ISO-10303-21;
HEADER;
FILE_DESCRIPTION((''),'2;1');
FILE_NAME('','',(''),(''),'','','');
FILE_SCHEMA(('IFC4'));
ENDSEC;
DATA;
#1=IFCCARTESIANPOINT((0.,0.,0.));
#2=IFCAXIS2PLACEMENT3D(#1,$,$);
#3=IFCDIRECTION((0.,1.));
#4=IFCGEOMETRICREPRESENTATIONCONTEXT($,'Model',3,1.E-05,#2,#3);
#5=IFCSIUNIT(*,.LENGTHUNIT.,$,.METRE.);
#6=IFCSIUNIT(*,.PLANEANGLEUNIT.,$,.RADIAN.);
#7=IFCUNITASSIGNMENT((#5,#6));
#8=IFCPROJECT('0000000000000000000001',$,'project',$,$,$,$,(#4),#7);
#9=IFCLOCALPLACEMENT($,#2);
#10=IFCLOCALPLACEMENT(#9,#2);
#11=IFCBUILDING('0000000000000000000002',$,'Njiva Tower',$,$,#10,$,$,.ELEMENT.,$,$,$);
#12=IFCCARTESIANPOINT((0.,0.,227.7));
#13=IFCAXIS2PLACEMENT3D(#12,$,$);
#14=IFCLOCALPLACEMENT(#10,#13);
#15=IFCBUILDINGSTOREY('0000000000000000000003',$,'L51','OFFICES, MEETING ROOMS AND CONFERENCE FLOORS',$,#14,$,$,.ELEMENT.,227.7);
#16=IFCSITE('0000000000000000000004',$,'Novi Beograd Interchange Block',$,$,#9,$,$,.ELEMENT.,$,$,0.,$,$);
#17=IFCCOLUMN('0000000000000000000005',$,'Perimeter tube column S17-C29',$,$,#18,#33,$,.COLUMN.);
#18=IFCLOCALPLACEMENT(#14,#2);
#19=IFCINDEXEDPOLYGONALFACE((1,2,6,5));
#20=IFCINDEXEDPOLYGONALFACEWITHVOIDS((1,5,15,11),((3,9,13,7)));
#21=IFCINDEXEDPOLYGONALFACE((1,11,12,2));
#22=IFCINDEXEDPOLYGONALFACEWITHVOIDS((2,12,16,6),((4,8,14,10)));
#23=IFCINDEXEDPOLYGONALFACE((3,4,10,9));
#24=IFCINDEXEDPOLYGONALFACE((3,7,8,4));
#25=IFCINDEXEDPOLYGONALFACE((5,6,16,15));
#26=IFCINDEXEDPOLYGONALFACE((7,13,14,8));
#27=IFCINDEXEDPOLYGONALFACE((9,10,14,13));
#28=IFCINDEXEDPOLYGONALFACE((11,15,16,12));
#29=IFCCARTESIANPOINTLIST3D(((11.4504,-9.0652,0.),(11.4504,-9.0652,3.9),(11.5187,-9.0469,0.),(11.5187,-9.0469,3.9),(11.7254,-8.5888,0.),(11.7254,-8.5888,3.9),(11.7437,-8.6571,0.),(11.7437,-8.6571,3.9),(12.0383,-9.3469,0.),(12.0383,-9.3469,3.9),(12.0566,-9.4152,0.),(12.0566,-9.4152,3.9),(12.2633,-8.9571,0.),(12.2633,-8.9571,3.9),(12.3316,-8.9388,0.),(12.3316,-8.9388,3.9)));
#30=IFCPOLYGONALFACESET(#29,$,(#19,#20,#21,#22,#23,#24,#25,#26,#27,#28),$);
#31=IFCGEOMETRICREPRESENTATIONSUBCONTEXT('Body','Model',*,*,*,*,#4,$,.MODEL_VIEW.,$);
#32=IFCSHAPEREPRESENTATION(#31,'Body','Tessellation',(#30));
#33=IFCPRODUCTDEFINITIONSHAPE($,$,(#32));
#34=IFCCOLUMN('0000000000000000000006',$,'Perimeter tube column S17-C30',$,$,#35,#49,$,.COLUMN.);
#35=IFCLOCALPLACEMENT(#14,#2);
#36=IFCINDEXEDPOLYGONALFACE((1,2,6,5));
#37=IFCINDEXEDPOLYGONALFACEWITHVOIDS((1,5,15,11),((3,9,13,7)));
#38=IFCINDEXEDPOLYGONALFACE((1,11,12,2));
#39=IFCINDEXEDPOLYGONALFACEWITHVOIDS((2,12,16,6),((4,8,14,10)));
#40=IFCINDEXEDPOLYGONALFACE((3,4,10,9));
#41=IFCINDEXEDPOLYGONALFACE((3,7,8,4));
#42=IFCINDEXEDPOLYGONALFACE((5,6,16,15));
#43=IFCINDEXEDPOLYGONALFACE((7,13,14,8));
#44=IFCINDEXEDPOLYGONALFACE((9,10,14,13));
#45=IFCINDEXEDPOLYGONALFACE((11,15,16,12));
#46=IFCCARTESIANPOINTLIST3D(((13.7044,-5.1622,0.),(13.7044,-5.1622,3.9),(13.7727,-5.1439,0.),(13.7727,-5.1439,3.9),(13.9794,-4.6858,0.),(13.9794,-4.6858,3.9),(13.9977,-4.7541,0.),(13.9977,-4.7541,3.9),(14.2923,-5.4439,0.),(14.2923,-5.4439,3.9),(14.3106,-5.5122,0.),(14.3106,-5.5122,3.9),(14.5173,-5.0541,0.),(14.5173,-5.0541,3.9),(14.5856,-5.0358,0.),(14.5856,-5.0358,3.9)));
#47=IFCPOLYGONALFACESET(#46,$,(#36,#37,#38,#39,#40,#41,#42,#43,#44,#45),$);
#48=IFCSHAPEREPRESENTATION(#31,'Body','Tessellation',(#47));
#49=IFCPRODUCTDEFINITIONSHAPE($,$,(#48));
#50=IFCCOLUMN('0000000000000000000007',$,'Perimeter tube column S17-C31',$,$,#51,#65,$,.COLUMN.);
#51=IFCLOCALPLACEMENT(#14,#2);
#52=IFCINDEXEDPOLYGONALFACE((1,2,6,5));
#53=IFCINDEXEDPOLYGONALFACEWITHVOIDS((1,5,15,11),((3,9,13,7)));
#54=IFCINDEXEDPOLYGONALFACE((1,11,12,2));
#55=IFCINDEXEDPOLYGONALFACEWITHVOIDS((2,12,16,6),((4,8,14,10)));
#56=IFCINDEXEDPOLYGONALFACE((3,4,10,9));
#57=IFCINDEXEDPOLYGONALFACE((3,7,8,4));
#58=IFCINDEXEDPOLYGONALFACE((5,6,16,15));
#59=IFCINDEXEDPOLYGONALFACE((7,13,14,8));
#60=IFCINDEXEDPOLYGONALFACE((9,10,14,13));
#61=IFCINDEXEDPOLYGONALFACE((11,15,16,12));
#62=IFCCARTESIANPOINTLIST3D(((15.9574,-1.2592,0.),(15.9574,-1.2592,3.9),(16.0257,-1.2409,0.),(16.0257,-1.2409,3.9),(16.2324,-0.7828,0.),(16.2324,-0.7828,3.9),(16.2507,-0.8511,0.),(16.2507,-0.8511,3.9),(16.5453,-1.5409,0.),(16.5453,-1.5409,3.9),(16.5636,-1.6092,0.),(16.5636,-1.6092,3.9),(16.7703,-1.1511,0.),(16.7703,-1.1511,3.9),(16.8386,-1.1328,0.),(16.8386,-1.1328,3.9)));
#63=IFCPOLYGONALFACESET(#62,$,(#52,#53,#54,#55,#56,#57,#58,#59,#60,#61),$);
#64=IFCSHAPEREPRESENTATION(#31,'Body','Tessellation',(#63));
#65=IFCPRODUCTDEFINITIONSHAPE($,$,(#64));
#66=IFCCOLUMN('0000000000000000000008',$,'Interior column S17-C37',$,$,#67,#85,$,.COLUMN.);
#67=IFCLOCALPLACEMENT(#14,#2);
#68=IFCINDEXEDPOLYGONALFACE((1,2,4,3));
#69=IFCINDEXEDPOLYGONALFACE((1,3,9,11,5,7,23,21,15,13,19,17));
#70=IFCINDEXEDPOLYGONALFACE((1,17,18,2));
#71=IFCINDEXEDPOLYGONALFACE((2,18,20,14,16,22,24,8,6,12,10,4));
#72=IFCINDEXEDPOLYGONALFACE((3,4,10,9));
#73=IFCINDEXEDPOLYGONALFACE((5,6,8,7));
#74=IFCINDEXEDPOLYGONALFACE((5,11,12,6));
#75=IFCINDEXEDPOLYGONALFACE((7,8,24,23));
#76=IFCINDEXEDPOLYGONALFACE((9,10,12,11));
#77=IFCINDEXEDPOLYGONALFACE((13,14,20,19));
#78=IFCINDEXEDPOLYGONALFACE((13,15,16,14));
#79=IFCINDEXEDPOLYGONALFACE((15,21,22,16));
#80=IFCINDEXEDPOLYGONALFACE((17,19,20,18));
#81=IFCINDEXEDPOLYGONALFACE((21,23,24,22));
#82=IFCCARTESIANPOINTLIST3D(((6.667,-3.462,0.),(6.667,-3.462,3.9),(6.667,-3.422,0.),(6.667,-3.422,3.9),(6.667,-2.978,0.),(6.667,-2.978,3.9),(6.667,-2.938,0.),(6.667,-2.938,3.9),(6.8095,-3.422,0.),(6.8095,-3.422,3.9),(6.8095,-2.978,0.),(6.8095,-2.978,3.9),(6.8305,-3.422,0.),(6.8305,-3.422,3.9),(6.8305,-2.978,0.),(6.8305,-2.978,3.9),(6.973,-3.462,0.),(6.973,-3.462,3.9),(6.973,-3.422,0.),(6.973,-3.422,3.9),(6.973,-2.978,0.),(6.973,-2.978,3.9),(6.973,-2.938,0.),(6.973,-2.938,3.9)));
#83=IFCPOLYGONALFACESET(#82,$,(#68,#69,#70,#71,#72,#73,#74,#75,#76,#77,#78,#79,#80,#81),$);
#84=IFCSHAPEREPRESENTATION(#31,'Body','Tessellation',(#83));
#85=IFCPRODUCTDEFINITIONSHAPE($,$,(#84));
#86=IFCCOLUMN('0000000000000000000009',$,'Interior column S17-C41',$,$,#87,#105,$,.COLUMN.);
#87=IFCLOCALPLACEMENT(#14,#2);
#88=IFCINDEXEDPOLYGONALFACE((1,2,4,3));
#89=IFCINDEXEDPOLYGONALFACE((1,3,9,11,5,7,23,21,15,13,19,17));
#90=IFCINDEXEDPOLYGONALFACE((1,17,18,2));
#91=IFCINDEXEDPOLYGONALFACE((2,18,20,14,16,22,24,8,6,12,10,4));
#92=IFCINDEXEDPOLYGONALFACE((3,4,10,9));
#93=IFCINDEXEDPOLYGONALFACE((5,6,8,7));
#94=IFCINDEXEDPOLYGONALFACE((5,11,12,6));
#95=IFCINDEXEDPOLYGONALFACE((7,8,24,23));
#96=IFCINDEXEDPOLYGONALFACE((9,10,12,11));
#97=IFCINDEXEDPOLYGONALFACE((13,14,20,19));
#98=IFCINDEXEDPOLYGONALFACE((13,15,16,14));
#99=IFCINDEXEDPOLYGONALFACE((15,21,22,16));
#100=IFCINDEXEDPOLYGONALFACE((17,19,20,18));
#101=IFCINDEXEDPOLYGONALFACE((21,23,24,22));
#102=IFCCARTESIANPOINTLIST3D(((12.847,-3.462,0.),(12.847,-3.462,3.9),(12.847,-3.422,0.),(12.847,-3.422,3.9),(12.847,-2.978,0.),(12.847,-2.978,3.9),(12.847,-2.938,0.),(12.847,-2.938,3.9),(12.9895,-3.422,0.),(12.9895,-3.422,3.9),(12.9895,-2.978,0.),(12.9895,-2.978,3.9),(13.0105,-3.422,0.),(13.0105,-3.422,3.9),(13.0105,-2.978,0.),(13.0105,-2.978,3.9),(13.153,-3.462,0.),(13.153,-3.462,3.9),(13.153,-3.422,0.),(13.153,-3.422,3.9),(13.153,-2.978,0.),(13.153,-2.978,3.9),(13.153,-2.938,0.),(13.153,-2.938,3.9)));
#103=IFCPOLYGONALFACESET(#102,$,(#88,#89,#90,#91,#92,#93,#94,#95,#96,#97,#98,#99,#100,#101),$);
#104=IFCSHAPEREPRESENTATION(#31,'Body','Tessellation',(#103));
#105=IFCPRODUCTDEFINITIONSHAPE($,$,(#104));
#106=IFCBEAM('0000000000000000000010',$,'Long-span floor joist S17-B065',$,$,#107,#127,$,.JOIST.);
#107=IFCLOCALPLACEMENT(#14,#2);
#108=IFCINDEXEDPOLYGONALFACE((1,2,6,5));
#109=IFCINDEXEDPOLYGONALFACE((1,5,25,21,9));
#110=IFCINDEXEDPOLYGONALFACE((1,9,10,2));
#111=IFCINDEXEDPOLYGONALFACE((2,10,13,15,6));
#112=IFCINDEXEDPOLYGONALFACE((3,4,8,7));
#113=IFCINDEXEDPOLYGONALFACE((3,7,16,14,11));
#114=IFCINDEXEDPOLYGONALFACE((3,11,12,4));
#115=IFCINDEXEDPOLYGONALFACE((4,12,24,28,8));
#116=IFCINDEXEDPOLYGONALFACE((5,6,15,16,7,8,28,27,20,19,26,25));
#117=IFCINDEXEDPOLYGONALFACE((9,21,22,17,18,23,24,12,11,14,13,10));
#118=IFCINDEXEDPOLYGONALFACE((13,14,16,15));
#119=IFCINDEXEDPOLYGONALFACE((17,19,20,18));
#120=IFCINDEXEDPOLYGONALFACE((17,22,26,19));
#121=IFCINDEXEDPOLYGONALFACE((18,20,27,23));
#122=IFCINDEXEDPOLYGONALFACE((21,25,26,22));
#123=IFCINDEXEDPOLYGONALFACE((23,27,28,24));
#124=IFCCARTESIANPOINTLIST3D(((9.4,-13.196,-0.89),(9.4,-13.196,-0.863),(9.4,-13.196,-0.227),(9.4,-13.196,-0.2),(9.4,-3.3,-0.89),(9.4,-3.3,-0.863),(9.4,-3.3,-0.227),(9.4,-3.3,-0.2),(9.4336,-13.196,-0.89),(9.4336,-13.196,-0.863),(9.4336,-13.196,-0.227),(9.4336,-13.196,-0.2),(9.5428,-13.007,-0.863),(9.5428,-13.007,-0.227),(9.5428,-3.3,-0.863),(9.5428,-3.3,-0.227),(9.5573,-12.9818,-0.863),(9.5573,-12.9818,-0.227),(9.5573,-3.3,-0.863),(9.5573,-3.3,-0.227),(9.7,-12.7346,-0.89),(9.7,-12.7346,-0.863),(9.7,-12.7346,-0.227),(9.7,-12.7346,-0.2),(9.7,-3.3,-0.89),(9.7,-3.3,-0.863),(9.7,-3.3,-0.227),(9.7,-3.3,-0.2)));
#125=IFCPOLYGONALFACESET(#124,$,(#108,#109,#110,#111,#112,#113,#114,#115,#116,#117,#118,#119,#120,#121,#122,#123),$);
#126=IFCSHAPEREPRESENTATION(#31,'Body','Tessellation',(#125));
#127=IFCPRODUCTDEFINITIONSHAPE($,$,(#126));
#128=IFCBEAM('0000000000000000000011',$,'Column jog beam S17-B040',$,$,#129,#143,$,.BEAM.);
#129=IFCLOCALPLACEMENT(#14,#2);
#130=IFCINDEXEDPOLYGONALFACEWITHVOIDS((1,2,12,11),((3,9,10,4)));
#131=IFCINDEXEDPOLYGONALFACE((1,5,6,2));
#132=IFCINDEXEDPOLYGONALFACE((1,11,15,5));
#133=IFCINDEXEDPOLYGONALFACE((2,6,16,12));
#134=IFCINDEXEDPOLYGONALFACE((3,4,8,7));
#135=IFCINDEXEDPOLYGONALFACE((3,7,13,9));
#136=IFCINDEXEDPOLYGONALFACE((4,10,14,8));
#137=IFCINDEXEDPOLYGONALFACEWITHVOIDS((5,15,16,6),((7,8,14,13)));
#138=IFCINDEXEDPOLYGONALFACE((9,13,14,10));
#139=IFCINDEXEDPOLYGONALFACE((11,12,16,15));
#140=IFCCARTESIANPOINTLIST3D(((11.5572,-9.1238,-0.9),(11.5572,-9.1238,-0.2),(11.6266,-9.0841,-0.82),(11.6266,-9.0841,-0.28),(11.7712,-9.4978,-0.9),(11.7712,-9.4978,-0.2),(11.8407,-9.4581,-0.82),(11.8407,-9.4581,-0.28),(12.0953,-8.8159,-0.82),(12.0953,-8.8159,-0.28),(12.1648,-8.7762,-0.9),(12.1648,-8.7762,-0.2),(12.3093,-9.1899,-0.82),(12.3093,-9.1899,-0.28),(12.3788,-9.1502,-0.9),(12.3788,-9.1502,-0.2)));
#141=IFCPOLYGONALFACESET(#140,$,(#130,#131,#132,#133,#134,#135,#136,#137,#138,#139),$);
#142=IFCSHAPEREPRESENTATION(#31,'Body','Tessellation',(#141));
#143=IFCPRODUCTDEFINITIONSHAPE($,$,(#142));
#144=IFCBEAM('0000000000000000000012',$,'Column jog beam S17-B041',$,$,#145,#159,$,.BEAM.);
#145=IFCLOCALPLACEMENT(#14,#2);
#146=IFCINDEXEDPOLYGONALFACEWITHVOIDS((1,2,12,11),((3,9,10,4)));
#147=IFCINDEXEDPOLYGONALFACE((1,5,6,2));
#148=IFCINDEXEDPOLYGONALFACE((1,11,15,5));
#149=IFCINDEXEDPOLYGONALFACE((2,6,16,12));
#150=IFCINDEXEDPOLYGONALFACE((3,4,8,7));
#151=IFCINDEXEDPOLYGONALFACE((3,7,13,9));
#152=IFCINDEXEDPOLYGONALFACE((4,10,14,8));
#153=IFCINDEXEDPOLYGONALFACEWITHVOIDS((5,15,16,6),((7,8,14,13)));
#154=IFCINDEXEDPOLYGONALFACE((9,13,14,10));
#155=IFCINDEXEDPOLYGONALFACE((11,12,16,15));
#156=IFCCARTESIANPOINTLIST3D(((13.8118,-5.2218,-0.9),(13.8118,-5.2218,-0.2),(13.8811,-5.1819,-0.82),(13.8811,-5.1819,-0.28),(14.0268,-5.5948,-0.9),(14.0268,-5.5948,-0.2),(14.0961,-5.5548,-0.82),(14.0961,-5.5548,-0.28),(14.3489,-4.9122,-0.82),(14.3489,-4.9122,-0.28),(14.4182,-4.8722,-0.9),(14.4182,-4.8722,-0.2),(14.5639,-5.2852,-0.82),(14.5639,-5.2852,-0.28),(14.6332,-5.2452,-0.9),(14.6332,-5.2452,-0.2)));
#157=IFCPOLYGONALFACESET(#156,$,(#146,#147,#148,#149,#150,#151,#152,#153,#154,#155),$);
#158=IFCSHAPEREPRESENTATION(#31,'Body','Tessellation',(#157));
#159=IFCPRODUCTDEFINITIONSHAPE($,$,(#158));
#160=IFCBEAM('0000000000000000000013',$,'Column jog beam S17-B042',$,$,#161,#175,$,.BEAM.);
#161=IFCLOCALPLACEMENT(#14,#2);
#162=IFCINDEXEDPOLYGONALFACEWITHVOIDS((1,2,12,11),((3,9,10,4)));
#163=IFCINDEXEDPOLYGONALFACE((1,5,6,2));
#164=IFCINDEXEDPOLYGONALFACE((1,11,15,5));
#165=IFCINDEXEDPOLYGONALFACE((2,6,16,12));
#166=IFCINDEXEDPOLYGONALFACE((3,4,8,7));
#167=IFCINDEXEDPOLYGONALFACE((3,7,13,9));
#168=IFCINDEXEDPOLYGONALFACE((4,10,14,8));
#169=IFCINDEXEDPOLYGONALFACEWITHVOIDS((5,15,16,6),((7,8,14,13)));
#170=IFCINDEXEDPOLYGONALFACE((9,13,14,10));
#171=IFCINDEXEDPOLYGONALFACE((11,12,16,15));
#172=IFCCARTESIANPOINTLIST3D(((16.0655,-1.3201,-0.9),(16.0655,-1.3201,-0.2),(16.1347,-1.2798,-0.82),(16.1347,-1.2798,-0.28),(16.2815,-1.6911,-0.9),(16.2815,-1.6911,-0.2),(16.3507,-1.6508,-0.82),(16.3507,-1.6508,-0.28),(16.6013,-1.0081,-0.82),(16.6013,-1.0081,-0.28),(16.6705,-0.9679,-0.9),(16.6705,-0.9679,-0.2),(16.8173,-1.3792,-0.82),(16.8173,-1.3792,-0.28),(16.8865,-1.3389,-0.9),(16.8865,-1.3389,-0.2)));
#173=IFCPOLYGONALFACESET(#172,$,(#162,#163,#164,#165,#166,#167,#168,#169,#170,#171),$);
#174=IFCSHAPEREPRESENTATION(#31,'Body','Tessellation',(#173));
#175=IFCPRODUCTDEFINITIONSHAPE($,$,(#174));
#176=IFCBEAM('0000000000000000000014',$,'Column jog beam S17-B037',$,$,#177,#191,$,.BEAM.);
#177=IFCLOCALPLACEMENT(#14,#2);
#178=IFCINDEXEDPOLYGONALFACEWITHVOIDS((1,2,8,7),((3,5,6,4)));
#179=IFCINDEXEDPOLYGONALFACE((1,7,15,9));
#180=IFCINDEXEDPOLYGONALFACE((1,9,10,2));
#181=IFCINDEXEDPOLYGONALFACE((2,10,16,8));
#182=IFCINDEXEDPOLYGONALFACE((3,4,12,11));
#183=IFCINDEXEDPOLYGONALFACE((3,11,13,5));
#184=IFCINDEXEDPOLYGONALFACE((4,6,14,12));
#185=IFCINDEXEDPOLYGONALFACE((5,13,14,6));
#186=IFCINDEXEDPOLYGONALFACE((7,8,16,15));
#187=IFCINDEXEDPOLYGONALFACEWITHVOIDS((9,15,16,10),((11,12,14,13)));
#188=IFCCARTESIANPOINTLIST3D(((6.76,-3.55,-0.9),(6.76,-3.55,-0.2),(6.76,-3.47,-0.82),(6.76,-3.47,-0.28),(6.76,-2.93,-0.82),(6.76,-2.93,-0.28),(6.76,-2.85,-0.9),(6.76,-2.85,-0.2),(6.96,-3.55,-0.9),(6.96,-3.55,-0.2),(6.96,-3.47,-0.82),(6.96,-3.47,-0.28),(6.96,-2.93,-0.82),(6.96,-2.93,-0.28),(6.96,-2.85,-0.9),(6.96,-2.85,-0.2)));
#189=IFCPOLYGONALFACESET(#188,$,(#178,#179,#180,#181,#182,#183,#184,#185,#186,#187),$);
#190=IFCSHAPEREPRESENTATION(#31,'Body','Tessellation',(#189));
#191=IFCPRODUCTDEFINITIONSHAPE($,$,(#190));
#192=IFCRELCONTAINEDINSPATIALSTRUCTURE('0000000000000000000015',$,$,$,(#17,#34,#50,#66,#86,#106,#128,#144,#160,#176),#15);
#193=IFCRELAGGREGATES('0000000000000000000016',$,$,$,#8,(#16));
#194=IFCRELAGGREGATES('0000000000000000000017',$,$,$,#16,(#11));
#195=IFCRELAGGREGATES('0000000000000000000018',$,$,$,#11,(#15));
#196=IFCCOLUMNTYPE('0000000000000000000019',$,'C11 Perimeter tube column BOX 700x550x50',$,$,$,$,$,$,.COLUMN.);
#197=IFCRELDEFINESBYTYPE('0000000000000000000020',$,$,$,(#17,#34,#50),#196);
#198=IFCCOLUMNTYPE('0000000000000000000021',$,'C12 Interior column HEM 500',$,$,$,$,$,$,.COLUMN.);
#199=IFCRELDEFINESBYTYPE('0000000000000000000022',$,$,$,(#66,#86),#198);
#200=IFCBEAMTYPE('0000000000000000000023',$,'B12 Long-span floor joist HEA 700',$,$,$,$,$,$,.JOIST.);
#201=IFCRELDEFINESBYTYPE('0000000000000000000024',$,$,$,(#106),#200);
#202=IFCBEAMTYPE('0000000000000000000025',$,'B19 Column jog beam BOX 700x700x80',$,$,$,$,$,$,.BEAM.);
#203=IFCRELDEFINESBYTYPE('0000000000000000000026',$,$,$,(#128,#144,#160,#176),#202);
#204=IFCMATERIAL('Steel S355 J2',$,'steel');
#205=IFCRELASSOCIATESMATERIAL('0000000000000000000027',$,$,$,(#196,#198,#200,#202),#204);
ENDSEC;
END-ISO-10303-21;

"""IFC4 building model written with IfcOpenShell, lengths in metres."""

from ifc_helpers import new_model, si_unit, direction, frame, origin, origin_2d, place, context, subcontext, project, spatial, hollow_rectangle, i_section, extrude, clip, halfspace, material, material_profile, profile_set, type_object, element, save


model = new_model("IFC4")

# Units and contexts
model_context = context("Model", 3, precision=1e-05, world=origin(), true_north=direction((0.0, 1.0)))
body_context = subcontext(model_context, "Body", "Model", "MODEL_VIEW")
ifc_project = project(units=[si_unit("LENGTHUNIT", "METRE"), si_unit("PLANEANGLEUNIT", "RADIAN")], contexts=[model_context])

# Site, building, storey
site_placement = place(None, origin())
site = spatial("IfcSite", under=ifc_project, at=site_placement, Name="Novi Beograd Interchange Block", CompositionType="ELEMENT", RefElevation=0.0)
building_placement = place(site_placement, origin())
building = spatial("IfcBuilding", under=site, at=building_placement, Name="Njiva Tower", CompositionType="ELEMENT")
storey_placement = place(building_placement, frame((0.0, 0.0, 227.7)))
storey = spatial("IfcBuildingStorey", under=building, at=storey_placement, Name="L51", Description="OFFICES, MEETING ROOMS AND CONFERENCE FLOORS", CompositionType="ELEMENT", Elevation=227.7)

# Columns
ifc_material_1 = material(Name="Steel S355 J2", Category="steel")
ifc_material_profile_1 = material_profile(ifc_material_1, hollow_rectangle(XDim=0.55, YDim=0.7, WallThickness=0.05, at=origin_2d()), Name="BOX 700x550x50")
ifc_profile_set_1 = profile_set([ifc_material_profile_1], Name="Steel S355 J2")
column_type_1 = type_object("IfcColumnType", Name="C11 Perimeter tube column BOX 700x550x50", PredefinedType="COLUMN", material=ifc_profile_set_1)
for number, where, z_axis, x_axis, name in (
    (1, (11.891, -9.002, 0.0), (0.0, 0.0, 1.0), (0.5, 0.866025, 0.0), "Perimeter tube column S17-C29"),
    (2, (14.145, -5.099, 0.0), (0.0, 0.0, 1.0), (0.5, 0.866025, 0.0), "Perimeter tube column S17-C30"),
    (3, (16.398, -1.196, 0.0), (0.0, 0.0, 1.0), (0.5, 0.866025, 0.0), "Perimeter tube column S17-C31"),
):
    element("IfcColumn", number, at=place(storey_placement, frame(where, z_axis=z_axis, x_axis=x_axis)), inside=storey, type_object=column_type_1, Name=name, PredefinedType="COLUMN", context=body_context, shape_type="SweptSolid", body=[
        extrude(hollow_rectangle(XDim=0.55, YDim=0.7, WallThickness=0.05, at=origin_2d()), origin(), (0.0, 0.0, 1.0), 3.9),
    ])
ifc_material_profile_2 = material_profile(ifc_material_1, i_section(OverallWidth=0.306, OverallDepth=0.524, WebThickness=0.021, FlangeThickness=0.04, at=origin_2d()), Name="HEM 500")
ifc_profile_set_2 = profile_set([ifc_material_profile_2], Name="Steel S355 J2")
column_type_2 = type_object("IfcColumnType", Name="C12 Interior column HEM 500", PredefinedType="COLUMN", material=ifc_profile_set_2)
for number, where, z_axis, x_axis, name in (
    (4, (6.82, -3.2, 0.0), (0.0, 0.0, 1.0), (1.0, 0.0, 0.0), "Interior column S17-C37"),
    (5, (13.0, -3.2, 0.0), (0.0, 0.0, 1.0), (1.0, 0.0, 0.0), "Interior column S17-C41"),
):
    element("IfcColumn", number, at=place(storey_placement, frame(where, z_axis=z_axis, x_axis=x_axis)), inside=storey, type_object=column_type_2, Name=name, PredefinedType="COLUMN", context=body_context, shape_type="SweptSolid", body=[
        extrude(i_section(OverallWidth=0.306, OverallDepth=0.524, WebThickness=0.021, FlangeThickness=0.04, at=origin_2d()), origin(), (0.0, 0.0, 1.0), 3.9),
    ])

# Beams
ifc_material_profile_3 = material_profile(ifc_material_1, i_section(OverallWidth=0.3, OverallDepth=0.69, WebThickness=0.0145, FlangeThickness=0.027, at=origin_2d()), Name="HEA 700")
ifc_profile_set_3 = profile_set([ifc_material_profile_3], Name="Steel S355 J2")
beam_type_1 = type_object("IfcBeamType", Name="B12 Long-span floor joist HEA 700", PredefinedType="JOIST", material=ifc_profile_set_3)
beam_1_placement = place(storey_placement, frame((9.55, -3.3, -0.545), z_axis=(0.0, -1.0, 0.0), x_axis=(1.0, 0.0, 0.0)))
element("IfcBeam", 6, at=beam_1_placement, inside=storey, type_object=beam_type_1, Name="Long-span floor joist S17-B065", PredefinedType="JOIST", context=body_context, shape_type="Clipping", body=[
    clip(extrude(i_section(OverallWidth=0.3, OverallDepth=0.69, WebThickness=0.0145, FlangeThickness=0.027, at=origin_2d()), origin(), (0.0, 0.0, 1.0), 9.896), halfspace(frame((0.0433, 0.0, 9.6194), z_axis=(0.866027, 0.0, 0.499998), x_axis=(0.0, 1.0, 0.0)), False)),
])
ifc_material_profile_4 = material_profile(ifc_material_1, hollow_rectangle(XDim=0.7, YDim=0.7, WallThickness=0.08, at=origin_2d()), Name="BOX 700x700x80")
ifc_profile_set_4 = profile_set([ifc_material_profile_4], Name="Steel S355 J2")
beam_type_2 = type_object("IfcBeamType", Name="B19 Column jog beam BOX 700x700x80", PredefinedType="BEAM", material=ifc_profile_set_4)
beam_2_placement = place(storey_placement, frame((12.075, -9.324, -0.55), z_axis=(-0.496639, 0.867957, 0.0), x_axis=(-0.867957, -0.496639, 0.0)))
element("IfcBeam", 7, at=beam_2_placement, inside=storey, type_object=beam_type_2, Name="Column jog beam S17-B040", PredefinedType="BEAM", context=body_context, shape_type="SweptSolid", body=[
    extrude(hollow_rectangle(XDim=0.7, YDim=0.7, WallThickness=0.08, at=origin_2d()), origin(), (0.0, 0.0, 1.0), 0.4309),
])
beam_3_placement = place(storey_placement, frame((14.33, -5.42, -0.55), z_axis=(-0.499387, 0.866379, 0.0), x_axis=(-0.866379, -0.499387, 0.0)))
element("IfcBeam", 8, at=beam_3_placement, inside=storey, type_object=beam_type_2, Name="Column jog beam S17-B041", PredefinedType="BEAM", context=body_context, shape_type="SweptSolid", body=[
    extrude(hollow_rectangle(XDim=0.7, YDim=0.7, WallThickness=0.08, at=origin_2d()), origin(), (0.0, 0.0, 1.0), 0.4305),
])
beam_4_placement = place(storey_placement, frame((16.584, -1.515, -0.55), z_axis=(-0.503147, 0.864201, 0.0), x_axis=(-0.864201, -0.503147, 0.0)))
element("IfcBeam", 9, at=beam_4_placement, inside=storey, type_object=beam_type_2, Name="Column jog beam S17-B042", PredefinedType="BEAM", context=body_context, shape_type="SweptSolid", body=[
    extrude(hollow_rectangle(XDim=0.7, YDim=0.7, WallThickness=0.08, at=origin_2d()), origin(), (0.0, 0.0, 1.0), 0.4293),
])
beam_5_placement = place(storey_placement, frame((6.96, -3.2, -0.55), z_axis=(-1.0, 0.0, 0.0), x_axis=(0.0, -1.0, 0.0)))
element("IfcBeam", 10, at=beam_5_placement, inside=storey, type_object=beam_type_2, Name="Column jog beam S17-B037", PredefinedType="BEAM", context=body_context, shape_type="SweptSolid", body=[
    extrude(hollow_rectangle(XDim=0.7, YDim=0.7, WallThickness=0.08, at=origin_2d()), origin(), (0.0, 0.0, 1.0), 0.2),
])

save(model, "model.ifc")
